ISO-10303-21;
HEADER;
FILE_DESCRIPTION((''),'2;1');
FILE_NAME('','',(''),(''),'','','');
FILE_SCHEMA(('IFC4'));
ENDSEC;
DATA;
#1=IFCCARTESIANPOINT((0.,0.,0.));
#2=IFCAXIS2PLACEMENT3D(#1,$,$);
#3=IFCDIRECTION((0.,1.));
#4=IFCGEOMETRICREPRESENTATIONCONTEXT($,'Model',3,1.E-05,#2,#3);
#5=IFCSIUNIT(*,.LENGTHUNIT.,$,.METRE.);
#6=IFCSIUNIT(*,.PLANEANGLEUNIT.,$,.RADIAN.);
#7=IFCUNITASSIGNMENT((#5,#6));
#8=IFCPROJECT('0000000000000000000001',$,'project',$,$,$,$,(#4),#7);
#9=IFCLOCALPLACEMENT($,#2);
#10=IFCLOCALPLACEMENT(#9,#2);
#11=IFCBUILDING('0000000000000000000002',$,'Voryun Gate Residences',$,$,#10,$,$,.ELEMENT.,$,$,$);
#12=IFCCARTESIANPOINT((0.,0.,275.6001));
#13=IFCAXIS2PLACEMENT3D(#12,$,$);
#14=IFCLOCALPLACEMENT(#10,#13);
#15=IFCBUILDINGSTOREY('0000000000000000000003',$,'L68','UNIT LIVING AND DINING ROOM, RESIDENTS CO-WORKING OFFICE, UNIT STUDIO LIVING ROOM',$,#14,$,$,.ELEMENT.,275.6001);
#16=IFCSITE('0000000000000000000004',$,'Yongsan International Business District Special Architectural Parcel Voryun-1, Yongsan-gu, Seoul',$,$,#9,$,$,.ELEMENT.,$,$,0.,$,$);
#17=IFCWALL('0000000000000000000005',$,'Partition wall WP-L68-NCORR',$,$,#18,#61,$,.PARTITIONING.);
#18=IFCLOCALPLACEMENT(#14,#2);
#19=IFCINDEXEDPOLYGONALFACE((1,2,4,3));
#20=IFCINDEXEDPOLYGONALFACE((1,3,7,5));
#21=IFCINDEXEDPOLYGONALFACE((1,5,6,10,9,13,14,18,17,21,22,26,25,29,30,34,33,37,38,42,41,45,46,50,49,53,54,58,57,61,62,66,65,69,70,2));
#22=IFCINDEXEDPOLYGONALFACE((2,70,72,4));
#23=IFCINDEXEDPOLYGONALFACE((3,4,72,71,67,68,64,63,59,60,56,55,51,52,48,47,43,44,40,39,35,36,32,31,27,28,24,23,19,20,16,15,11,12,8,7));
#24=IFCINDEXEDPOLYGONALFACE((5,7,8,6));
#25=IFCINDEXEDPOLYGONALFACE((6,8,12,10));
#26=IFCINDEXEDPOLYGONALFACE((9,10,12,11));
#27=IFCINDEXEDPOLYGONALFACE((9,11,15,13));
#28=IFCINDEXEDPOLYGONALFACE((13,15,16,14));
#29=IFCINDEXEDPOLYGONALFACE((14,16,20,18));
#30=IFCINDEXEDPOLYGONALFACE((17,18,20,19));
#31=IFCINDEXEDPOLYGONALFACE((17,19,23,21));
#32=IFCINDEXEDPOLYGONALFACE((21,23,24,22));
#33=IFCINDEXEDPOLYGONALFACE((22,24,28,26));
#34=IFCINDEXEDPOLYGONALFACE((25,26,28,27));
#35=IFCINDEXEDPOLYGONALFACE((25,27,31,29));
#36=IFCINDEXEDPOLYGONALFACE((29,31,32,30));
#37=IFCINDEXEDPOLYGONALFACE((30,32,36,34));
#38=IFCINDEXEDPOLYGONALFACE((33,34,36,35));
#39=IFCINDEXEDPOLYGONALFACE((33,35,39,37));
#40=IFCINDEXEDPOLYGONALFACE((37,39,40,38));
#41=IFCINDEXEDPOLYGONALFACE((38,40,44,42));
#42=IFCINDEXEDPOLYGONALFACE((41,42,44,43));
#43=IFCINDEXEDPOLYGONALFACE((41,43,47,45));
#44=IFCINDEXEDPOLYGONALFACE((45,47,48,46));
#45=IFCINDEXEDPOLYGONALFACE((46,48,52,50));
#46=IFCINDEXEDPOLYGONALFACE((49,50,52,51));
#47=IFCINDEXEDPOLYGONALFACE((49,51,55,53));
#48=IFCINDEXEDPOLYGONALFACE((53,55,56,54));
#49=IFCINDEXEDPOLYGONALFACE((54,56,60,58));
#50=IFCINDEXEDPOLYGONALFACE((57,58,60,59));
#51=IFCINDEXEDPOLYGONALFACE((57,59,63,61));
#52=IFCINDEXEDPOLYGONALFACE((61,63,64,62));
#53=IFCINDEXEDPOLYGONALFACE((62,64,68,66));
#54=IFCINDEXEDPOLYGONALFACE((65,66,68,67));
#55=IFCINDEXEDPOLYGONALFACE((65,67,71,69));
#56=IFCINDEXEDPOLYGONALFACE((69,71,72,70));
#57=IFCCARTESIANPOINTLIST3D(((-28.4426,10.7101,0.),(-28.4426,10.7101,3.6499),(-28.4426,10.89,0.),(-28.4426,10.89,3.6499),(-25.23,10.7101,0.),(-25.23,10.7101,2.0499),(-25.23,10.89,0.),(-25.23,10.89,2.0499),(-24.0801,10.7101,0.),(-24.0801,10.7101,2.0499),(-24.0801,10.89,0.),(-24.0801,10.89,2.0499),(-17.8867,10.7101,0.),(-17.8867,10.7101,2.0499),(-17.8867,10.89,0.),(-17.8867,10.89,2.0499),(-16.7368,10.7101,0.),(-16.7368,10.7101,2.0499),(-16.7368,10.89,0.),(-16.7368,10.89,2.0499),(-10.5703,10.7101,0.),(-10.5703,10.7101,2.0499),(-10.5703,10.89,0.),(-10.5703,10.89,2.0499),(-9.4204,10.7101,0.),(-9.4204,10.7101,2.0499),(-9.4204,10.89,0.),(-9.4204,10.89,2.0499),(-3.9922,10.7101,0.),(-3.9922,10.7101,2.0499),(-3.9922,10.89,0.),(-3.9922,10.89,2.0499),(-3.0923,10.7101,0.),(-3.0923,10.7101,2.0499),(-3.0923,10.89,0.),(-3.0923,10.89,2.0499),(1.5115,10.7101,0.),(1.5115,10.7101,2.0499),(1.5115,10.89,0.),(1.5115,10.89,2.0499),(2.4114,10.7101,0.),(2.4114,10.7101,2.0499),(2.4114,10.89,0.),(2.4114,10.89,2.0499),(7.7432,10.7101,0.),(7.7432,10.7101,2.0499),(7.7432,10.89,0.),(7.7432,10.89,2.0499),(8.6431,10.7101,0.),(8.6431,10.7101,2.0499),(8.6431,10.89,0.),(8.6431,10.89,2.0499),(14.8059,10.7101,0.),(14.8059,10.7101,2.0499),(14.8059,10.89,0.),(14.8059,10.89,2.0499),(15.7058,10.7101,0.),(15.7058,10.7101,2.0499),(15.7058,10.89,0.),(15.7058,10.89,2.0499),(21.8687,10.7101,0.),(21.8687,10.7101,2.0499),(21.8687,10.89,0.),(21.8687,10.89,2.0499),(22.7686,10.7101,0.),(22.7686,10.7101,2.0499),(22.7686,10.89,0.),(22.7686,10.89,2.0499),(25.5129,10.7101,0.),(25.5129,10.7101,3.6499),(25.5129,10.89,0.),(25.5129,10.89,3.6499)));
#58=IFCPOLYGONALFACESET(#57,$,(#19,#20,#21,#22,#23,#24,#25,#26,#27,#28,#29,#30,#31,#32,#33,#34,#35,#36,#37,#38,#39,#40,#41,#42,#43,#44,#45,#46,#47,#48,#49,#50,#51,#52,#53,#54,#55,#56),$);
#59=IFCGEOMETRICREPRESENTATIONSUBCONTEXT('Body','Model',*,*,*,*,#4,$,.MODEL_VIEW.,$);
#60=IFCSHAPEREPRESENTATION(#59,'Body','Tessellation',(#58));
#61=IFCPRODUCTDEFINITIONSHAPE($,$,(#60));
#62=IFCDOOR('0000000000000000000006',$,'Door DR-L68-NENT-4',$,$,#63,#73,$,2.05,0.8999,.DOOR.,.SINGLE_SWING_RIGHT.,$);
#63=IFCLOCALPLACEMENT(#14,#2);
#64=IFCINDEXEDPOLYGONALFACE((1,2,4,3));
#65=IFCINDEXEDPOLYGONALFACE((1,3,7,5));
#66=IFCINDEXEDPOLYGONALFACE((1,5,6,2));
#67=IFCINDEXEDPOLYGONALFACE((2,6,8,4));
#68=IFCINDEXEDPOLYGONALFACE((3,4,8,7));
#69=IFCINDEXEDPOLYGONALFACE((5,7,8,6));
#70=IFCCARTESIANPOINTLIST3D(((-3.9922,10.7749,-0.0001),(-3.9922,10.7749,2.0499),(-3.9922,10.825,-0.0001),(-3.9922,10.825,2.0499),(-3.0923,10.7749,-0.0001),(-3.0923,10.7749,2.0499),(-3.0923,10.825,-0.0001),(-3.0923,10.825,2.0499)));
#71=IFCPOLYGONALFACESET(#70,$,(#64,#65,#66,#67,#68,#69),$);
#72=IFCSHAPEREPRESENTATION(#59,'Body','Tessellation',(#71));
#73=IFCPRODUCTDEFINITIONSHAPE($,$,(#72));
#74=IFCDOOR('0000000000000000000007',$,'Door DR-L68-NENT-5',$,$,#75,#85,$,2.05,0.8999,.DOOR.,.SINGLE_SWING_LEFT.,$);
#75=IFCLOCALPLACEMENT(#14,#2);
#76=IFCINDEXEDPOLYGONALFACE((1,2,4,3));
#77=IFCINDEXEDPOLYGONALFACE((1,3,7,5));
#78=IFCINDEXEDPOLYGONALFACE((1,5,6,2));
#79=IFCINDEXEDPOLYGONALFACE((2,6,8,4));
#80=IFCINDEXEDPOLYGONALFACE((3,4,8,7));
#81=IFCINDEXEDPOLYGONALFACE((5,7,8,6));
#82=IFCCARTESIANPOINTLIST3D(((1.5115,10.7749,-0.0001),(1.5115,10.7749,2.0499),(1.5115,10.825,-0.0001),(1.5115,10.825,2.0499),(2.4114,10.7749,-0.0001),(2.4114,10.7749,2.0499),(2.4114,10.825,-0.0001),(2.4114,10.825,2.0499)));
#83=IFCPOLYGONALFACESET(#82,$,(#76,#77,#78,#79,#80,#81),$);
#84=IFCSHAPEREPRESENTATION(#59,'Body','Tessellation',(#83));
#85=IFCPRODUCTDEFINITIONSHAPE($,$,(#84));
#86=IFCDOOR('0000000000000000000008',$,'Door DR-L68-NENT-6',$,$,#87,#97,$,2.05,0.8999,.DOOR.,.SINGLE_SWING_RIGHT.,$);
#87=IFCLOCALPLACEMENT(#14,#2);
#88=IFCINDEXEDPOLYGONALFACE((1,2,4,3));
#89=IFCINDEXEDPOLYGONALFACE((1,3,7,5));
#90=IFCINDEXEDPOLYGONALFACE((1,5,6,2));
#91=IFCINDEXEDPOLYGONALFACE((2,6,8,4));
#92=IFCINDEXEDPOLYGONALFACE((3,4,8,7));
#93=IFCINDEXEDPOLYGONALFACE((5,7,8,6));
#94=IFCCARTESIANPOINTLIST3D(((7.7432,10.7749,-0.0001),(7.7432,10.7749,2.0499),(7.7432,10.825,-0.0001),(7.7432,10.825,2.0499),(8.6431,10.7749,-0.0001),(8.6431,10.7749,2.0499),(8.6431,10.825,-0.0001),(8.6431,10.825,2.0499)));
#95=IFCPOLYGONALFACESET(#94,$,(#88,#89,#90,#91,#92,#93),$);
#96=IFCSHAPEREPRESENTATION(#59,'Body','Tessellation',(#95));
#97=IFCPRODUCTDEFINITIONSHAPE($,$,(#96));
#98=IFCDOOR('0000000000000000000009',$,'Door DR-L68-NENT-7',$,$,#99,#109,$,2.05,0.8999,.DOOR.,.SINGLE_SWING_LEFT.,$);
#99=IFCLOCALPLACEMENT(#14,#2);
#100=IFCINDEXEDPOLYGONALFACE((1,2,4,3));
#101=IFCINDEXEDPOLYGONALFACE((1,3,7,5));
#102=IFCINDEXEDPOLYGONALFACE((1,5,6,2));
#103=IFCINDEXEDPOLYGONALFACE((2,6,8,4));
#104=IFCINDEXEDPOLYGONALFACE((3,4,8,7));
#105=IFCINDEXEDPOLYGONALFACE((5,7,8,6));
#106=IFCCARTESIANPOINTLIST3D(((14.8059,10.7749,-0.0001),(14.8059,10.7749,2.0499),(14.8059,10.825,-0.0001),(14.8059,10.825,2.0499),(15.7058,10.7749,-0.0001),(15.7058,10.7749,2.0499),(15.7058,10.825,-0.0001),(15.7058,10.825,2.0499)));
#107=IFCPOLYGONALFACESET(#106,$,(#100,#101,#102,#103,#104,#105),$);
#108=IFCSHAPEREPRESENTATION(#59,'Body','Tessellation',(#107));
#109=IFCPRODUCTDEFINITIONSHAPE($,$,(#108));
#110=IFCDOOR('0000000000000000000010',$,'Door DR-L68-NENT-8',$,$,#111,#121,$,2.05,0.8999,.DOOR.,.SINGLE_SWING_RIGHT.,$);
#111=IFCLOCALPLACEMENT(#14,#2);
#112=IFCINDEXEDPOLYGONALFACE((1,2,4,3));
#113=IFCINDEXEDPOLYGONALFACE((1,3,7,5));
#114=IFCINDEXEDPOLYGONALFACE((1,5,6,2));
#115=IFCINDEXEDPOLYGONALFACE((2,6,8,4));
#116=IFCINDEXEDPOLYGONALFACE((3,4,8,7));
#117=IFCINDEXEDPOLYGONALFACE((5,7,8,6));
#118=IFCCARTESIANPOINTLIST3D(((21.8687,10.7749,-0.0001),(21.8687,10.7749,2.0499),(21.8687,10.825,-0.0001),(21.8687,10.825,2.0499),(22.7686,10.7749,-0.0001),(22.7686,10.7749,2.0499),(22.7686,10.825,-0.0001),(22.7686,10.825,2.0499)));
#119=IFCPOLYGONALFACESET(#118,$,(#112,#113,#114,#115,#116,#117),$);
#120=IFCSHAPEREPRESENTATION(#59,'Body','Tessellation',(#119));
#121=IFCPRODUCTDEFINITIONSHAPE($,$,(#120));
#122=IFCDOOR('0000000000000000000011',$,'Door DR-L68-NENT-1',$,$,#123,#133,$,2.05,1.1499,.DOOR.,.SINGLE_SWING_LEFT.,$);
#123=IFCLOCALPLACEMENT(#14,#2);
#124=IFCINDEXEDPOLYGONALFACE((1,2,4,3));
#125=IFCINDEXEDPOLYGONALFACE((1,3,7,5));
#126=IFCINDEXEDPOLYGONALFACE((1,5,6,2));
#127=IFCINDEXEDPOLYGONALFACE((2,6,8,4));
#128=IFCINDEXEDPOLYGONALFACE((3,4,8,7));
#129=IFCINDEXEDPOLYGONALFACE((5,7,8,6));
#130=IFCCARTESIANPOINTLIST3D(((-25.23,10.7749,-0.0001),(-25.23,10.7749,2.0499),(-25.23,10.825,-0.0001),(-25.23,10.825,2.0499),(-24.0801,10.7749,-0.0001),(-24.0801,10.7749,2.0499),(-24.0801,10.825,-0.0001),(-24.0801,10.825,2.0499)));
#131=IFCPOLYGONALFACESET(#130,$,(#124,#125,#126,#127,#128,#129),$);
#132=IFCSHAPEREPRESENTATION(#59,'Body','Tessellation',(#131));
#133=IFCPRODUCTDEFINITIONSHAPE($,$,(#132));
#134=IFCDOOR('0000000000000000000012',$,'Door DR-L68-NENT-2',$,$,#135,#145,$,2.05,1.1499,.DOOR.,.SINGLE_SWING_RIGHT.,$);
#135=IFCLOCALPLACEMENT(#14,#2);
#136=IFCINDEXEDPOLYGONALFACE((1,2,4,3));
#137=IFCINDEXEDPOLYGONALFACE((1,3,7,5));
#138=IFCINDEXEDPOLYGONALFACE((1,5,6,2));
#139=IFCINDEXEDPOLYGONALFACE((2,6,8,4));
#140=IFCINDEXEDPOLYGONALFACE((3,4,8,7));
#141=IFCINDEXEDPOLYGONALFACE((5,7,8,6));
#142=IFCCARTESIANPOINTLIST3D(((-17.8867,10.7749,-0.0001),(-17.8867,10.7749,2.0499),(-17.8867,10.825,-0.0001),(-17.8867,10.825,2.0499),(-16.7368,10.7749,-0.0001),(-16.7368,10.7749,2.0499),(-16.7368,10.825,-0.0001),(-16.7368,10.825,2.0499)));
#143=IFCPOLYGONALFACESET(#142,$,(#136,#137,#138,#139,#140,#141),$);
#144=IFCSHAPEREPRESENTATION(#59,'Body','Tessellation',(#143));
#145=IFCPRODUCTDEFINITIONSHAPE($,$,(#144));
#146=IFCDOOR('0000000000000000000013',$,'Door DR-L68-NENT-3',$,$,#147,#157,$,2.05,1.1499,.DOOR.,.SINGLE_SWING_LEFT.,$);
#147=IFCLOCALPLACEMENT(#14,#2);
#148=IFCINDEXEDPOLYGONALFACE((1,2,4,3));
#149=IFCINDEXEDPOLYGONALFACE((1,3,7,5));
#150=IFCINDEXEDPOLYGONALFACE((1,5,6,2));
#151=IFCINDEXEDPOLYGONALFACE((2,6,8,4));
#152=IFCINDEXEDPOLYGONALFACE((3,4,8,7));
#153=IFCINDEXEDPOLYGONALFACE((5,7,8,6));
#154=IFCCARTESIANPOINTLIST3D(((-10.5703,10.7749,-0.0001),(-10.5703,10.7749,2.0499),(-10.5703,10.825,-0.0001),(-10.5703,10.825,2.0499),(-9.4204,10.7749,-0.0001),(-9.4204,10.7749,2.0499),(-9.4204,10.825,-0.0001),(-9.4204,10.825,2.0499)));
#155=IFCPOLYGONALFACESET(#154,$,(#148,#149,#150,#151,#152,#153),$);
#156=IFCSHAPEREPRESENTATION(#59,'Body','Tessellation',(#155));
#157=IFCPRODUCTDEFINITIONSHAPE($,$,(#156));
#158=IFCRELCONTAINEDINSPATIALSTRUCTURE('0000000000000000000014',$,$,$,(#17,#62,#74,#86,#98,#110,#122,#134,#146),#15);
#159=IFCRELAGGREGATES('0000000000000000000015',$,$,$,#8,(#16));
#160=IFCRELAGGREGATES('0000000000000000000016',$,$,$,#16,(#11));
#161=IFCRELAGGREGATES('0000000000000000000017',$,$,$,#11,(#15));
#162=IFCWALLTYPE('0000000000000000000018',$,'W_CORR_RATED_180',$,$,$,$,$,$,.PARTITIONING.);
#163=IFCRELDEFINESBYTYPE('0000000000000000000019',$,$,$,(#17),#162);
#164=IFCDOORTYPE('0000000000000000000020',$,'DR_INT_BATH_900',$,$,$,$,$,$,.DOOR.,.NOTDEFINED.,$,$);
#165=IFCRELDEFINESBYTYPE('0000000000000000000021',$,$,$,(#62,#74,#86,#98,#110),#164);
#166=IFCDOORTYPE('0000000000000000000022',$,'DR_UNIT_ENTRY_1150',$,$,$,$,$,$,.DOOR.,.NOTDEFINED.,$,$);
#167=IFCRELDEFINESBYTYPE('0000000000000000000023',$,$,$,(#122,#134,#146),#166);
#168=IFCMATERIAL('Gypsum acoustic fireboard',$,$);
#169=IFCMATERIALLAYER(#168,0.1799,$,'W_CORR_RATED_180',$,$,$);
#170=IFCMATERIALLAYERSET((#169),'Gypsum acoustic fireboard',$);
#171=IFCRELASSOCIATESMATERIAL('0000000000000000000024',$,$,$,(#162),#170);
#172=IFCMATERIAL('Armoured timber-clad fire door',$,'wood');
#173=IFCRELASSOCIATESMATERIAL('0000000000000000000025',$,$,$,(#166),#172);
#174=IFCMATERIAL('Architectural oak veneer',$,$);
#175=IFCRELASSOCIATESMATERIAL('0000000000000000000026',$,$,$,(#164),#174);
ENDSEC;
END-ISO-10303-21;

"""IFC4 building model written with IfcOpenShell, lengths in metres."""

from ifc_helpers import new_model, si_unit, direction, frame, frame_2d, origin, place, context, subcontext, project, spatial, rectangle, extrude, material, layer, layer_set, type_object, element, fill, save


model = new_model("IFC4")

# Units and contexts
model_context = context("Model", 3, precision=1e-05, world=origin(), true_north=direction((0.0, 1.0)))
body_context = subcontext(model_context, "Body", "Model", "MODEL_VIEW")
ifc_project = project(units=[si_unit("LENGTHUNIT", "METRE"), si_unit("PLANEANGLEUNIT", "RADIAN")], contexts=[model_context])

# Site, building, storey
site_placement = place(None, origin())
site = spatial("IfcSite", under=ifc_project, at=site_placement, Name="Yongsan International Business District Special Architectural Parcel Voryun-1, Yongsan-gu, Seoul", CompositionType="ELEMENT", RefElevation=0.0)
building_placement = place(site_placement, origin())
building = spatial("IfcBuilding", under=site, at=building_placement, Name="Voryun Gate Residences", CompositionType="ELEMENT")
storey_placement = place(building_placement, frame((0.0, 0.0, 275.6001)))
storey = spatial("IfcBuildingStorey", under=building, at=storey_placement, Name="L68", Description="UNIT LIVING AND DINING ROOM, RESIDENTS CO-WORKING OFFICE, UNIT STUDIO LIVING ROOM", CompositionType="ELEMENT", Elevation=275.6001)

# Shared definitions
ifc_material_1 = material(Name="Gypsum acoustic fireboard")
ifc_layer_1 = layer(ifc_material_1, 0.1799, Name="W_CORR_RATED_180")
ifc_layer_set_1 = layer_set([ifc_layer_1], Name="Gypsum acoustic fireboard")
wall_type_1 = type_object("IfcWallType", Name="W_CORR_RATED_180", PredefinedType="PARTITIONING", material=ifc_layer_set_1)
ifc_material_2 = material(Name="Armoured timber-clad fire door", Category="wood")
door_type_1 = type_object("IfcDoorType", Name="DR_UNIT_ENTRY_1150", OperationType="NOTDEFINED", PredefinedType="DOOR", material=ifc_material_2)

# Wall, openings, doors
wall_1_placement = place(storey_placement, frame((-28.4426, 10.8, 0.0), z_axis=(0.0, 0.0, 1.0), x_axis=(1.0, 0.0, 0.0)))
wall_1 = element("IfcWall", 1, at=wall_1_placement, inside=storey, type_object=wall_type_1, Name="Partition wall WP-L68-NCORR", PredefinedType="PARTITIONING", context=body_context, shape_type="SweptSolid", body=[
    extrude(rectangle(XDim=53.9556, YDim=0.1799, at=frame_2d((26.9778, 0.0))), origin(), (0.0, 0.0, 1.0), 3.6499),
])
opening_1_placement = place(wall_1_placement, frame((3.2126, 0.0, 0.0)))
opening_1 = element("IfcOpeningElement", 2, at=opening_1_placement, cuts=wall_1, PredefinedType="OPENING", context=body_context, shape_type="SweptSolid", body=[
    extrude(rectangle(XDim=1.1499, YDim=2.05, at=frame_2d((0.575, 1.0249))), frame((0.0, 0.0999, 0.0), z_axis=(0.0, -1.0, 0.0), x_axis=(1.0, 0.0, 0.0)), (0.0, 0.0, 1.0), 0.2),
])
opening_2_placement = place(wall_1_placement, frame((10.5559, 0.0, 0.0)))
opening_2 = element("IfcOpeningElement", 3, at=opening_2_placement, cuts=wall_1, PredefinedType="OPENING", context=body_context, shape_type="SweptSolid", body=[
    extrude(rectangle(XDim=1.1499, YDim=2.05, at=frame_2d((0.575, 1.0249))), frame((0.0, 0.0999, 0.0), z_axis=(0.0, -1.0, 0.0), x_axis=(1.0, 0.0, 0.0)), (0.0, 0.0, 1.0), 0.2),
])
opening_3_placement = place(wall_1_placement, frame((17.8723, 0.0, 0.0)))
opening_3 = element("IfcOpeningElement", 4, at=opening_3_placement, cuts=wall_1, PredefinedType="OPENING", context=body_context, shape_type="SweptSolid", body=[
    extrude(rectangle(XDim=1.1499, YDim=2.05, at=frame_2d((0.575, 1.0249))), frame((0.0, 0.0999, 0.0), z_axis=(0.0, -1.0, 0.0), x_axis=(1.0, 0.0, 0.0)), (0.0, 0.0, 1.0), 0.2),
])
opening_4_placement = place(wall_1_placement, frame((24.4504, 0.0, 0.0)))
opening_4 = element("IfcOpeningElement", 5, at=opening_4_placement, cuts=wall_1, PredefinedType="OPENING", context=body_context, shape_type="SweptSolid", body=[
    extrude(rectangle(XDim=0.8999, YDim=2.05, at=frame_2d((0.45, 1.0249))), frame((0.0, 0.0999, 0.0), z_axis=(0.0, -1.0, 0.0), x_axis=(1.0, 0.0, 0.0)), (0.0, 0.0, 1.0), 0.2),
])
opening_5_placement = place(wall_1_placement, frame((29.9541, 0.0, 0.0)))
opening_5 = element("IfcOpeningElement", 6, at=opening_5_placement, cuts=wall_1, PredefinedType="OPENING", context=body_context, shape_type="SweptSolid", body=[
    extrude(rectangle(XDim=0.8999, YDim=2.05, at=frame_2d((0.45, 1.0249))), frame((0.0, 0.0999, 0.0), z_axis=(0.0, -1.0, 0.0), x_axis=(1.0, 0.0, 0.0)), (0.0, 0.0, 1.0), 0.2),
])
opening_6_placement = place(wall_1_placement, frame((36.1858, 0.0, 0.0)))
opening_6 = element("IfcOpeningElement", 7, at=opening_6_placement, cuts=wall_1, PredefinedType="OPENING", context=body_context, shape_type="SweptSolid", body=[
    extrude(rectangle(XDim=0.8999, YDim=2.05, at=frame_2d((0.45, 1.0249))), frame((0.0, 0.0999, 0.0), z_axis=(0.0, -1.0, 0.0), x_axis=(1.0, 0.0, 0.0)), (0.0, 0.0, 1.0), 0.2),
])
opening_7_placement = place(wall_1_placement, frame((43.2485, 0.0, 0.0)))
opening_7 = element("IfcOpeningElement", 8, at=opening_7_placement, cuts=wall_1, PredefinedType="OPENING", context=body_context, shape_type="SweptSolid", body=[
    extrude(rectangle(XDim=0.8999, YDim=2.05, at=frame_2d((0.45, 1.0249))), frame((0.0, 0.0999, 0.0), z_axis=(0.0, -1.0, 0.0), x_axis=(1.0, 0.0, 0.0)), (0.0, 0.0, 1.0), 0.2),
])
opening_8_placement = place(wall_1_placement, frame((50.3113, 0.0, 0.0)))
opening_8 = element("IfcOpeningElement", 9, at=opening_8_placement, cuts=wall_1, PredefinedType="OPENING", context=body_context, shape_type="SweptSolid", body=[
    extrude(rectangle(XDim=0.8999, YDim=2.05, at=frame_2d((0.45, 1.0249))), frame((0.0, 0.0999, 0.0), z_axis=(0.0, -1.0, 0.0), x_axis=(1.0, 0.0, 0.0)), (0.0, 0.0, 1.0), 0.2),
])
ifc_material_3 = material(Name="Architectural oak veneer")
door_type_2 = type_object("IfcDoorType", Name="DR_INT_BATH_900", OperationType="NOTDEFINED", PredefinedType="DOOR", material=ifc_material_3)
door_1_placement = place(opening_4_placement, origin())
door_1 = element("IfcDoor", 10, at=door_1_placement, inside=storey, type_object=door_type_2, Name="Door DR-L68-NENT-4", OperationType="SINGLE_SWING_RIGHT", OverallHeight=2.05, OverallWidth=0.8999, PredefinedType="DOOR", context=body_context, shape_type="SweptSolid", body=[
    extrude(rectangle(XDim=0.8999, YDim=2.05, at=frame_2d((0.45, 1.0249))), frame((0.0, 0.0249, 0.0), z_axis=(0.0, -1.0, 0.0), x_axis=(1.0, 0.0, 0.0)), (0.0, 0.0, 1.0), 0.05),
])
fill(opening_4, door_1)
door_2_placement = place(opening_5_placement, origin())
door_2 = element("IfcDoor", 11, at=door_2_placement, inside=storey, type_object=door_type_2, Name="Door DR-L68-NENT-5", OperationType="SINGLE_SWING_LEFT", OverallHeight=2.05, OverallWidth=0.8999, PredefinedType="DOOR", context=body_context, shape_type="SweptSolid", body=[
    extrude(rectangle(XDim=0.8999, YDim=2.05, at=frame_2d((0.45, 1.0249))), frame((0.0, 0.0249, 0.0), z_axis=(0.0, -1.0, 0.0), x_axis=(1.0, 0.0, 0.0)), (0.0, 0.0, 1.0), 0.05),
])
fill(opening_5, door_2)
door_3_placement = place(opening_6_placement, origin())
door_3 = element("IfcDoor", 12, at=door_3_placement, inside=storey, type_object=door_type_2, Name="Door DR-L68-NENT-6", OperationType="SINGLE_SWING_RIGHT", OverallHeight=2.05, OverallWidth=0.8999, PredefinedType="DOOR", context=body_context, shape_type="SweptSolid", body=[
    extrude(rectangle(XDim=0.8999, YDim=2.05, at=frame_2d((0.45, 1.0249))), frame((0.0, 0.0249, 0.0), z_axis=(0.0, -1.0, 0.0), x_axis=(1.0, 0.0, 0.0)), (0.0, 0.0, 1.0), 0.05),
])
fill(opening_6, door_3)
door_4_placement = place(opening_7_placement, origin())
door_4 = element("IfcDoor", 13, at=door_4_placement, inside=storey, type_object=door_type_2, Name="Door DR-L68-NENT-7", OperationType="SINGLE_SWING_LEFT", OverallHeight=2.05, OverallWidth=0.8999, PredefinedType="DOOR", context=body_context, shape_type="SweptSolid", body=[
    extrude(rectangle(XDim=0.8999, YDim=2.05, at=frame_2d((0.45, 1.0249))), frame((0.0, 0.0249, 0.0), z_axis=(0.0, -1.0, 0.0), x_axis=(1.0, 0.0, 0.0)), (0.0, 0.0, 1.0), 0.05),
])
fill(opening_7, door_4)
door_5_placement = place(opening_8_placement, origin())
door_5 = element("IfcDoor", 14, at=door_5_placement, inside=storey, type_object=door_type_2, Name="Door DR-L68-NENT-8", OperationType="SINGLE_SWING_RIGHT", OverallHeight=2.05, OverallWidth=0.8999, PredefinedType="DOOR", context=body_context, shape_type="SweptSolid", body=[
    extrude(rectangle(XDim=0.8999, YDim=2.05, at=frame_2d((0.45, 1.0249))), frame((0.0, 0.0249, 0.0), z_axis=(0.0, -1.0, 0.0), x_axis=(1.0, 0.0, 0.0)), (0.0, 0.0, 1.0), 0.05),
])
fill(opening_8, door_5)
door_6_placement = place(opening_1_placement, origin())
door_6 = element("IfcDoor", 15, at=door_6_placement, inside=storey, type_object=door_type_1, Name="Door DR-L68-NENT-1", OperationType="SINGLE_SWING_LEFT", OverallHeight=2.05, OverallWidth=1.1499, PredefinedType="DOOR", context=body_context, shape_type="SweptSolid", body=[
    extrude(rectangle(XDim=1.1499, YDim=2.05, at=frame_2d((0.575, 1.0249))), frame((0.0, 0.0249, 0.0), z_axis=(0.0, -1.0, 0.0), x_axis=(1.0, 0.0, 0.0)), (0.0, 0.0, 1.0), 0.05),
])
fill(opening_1, door_6)
door_7_placement = place(opening_2_placement, origin())
door_7 = element("IfcDoor", 16, at=door_7_placement, inside=storey, type_object=door_type_1, Name="Door DR-L68-NENT-2", OperationType="SINGLE_SWING_RIGHT", OverallHeight=2.05, OverallWidth=1.1499, PredefinedType="DOOR", context=body_context, shape_type="SweptSolid", body=[
    extrude(rectangle(XDim=1.1499, YDim=2.05, at=frame_2d((0.575, 1.0249))), frame((0.0, 0.0249, 0.0), z_axis=(0.0, -1.0, 0.0), x_axis=(1.0, 0.0, 0.0)), (0.0, 0.0, 1.0), 0.05),
])
fill(opening_2, door_7)
door_8_placement = place(opening_3_placement, origin())
door_8 = element("IfcDoor", 17, at=door_8_placement, inside=storey, type_object=door_type_1, Name="Door DR-L68-NENT-3", OperationType="SINGLE_SWING_LEFT", OverallHeight=2.05, OverallWidth=1.1499, PredefinedType="DOOR", context=body_context, shape_type="SweptSolid", body=[
    extrude(rectangle(XDim=1.1499, YDim=2.05, at=frame_2d((0.575, 1.0249))), frame((0.0, 0.0249, 0.0), z_axis=(0.0, -1.0, 0.0), x_axis=(1.0, 0.0, 0.0)), (0.0, 0.0, 1.0), 0.05),
])
fill(opening_3, door_8)

save(model, "model.ifc")
